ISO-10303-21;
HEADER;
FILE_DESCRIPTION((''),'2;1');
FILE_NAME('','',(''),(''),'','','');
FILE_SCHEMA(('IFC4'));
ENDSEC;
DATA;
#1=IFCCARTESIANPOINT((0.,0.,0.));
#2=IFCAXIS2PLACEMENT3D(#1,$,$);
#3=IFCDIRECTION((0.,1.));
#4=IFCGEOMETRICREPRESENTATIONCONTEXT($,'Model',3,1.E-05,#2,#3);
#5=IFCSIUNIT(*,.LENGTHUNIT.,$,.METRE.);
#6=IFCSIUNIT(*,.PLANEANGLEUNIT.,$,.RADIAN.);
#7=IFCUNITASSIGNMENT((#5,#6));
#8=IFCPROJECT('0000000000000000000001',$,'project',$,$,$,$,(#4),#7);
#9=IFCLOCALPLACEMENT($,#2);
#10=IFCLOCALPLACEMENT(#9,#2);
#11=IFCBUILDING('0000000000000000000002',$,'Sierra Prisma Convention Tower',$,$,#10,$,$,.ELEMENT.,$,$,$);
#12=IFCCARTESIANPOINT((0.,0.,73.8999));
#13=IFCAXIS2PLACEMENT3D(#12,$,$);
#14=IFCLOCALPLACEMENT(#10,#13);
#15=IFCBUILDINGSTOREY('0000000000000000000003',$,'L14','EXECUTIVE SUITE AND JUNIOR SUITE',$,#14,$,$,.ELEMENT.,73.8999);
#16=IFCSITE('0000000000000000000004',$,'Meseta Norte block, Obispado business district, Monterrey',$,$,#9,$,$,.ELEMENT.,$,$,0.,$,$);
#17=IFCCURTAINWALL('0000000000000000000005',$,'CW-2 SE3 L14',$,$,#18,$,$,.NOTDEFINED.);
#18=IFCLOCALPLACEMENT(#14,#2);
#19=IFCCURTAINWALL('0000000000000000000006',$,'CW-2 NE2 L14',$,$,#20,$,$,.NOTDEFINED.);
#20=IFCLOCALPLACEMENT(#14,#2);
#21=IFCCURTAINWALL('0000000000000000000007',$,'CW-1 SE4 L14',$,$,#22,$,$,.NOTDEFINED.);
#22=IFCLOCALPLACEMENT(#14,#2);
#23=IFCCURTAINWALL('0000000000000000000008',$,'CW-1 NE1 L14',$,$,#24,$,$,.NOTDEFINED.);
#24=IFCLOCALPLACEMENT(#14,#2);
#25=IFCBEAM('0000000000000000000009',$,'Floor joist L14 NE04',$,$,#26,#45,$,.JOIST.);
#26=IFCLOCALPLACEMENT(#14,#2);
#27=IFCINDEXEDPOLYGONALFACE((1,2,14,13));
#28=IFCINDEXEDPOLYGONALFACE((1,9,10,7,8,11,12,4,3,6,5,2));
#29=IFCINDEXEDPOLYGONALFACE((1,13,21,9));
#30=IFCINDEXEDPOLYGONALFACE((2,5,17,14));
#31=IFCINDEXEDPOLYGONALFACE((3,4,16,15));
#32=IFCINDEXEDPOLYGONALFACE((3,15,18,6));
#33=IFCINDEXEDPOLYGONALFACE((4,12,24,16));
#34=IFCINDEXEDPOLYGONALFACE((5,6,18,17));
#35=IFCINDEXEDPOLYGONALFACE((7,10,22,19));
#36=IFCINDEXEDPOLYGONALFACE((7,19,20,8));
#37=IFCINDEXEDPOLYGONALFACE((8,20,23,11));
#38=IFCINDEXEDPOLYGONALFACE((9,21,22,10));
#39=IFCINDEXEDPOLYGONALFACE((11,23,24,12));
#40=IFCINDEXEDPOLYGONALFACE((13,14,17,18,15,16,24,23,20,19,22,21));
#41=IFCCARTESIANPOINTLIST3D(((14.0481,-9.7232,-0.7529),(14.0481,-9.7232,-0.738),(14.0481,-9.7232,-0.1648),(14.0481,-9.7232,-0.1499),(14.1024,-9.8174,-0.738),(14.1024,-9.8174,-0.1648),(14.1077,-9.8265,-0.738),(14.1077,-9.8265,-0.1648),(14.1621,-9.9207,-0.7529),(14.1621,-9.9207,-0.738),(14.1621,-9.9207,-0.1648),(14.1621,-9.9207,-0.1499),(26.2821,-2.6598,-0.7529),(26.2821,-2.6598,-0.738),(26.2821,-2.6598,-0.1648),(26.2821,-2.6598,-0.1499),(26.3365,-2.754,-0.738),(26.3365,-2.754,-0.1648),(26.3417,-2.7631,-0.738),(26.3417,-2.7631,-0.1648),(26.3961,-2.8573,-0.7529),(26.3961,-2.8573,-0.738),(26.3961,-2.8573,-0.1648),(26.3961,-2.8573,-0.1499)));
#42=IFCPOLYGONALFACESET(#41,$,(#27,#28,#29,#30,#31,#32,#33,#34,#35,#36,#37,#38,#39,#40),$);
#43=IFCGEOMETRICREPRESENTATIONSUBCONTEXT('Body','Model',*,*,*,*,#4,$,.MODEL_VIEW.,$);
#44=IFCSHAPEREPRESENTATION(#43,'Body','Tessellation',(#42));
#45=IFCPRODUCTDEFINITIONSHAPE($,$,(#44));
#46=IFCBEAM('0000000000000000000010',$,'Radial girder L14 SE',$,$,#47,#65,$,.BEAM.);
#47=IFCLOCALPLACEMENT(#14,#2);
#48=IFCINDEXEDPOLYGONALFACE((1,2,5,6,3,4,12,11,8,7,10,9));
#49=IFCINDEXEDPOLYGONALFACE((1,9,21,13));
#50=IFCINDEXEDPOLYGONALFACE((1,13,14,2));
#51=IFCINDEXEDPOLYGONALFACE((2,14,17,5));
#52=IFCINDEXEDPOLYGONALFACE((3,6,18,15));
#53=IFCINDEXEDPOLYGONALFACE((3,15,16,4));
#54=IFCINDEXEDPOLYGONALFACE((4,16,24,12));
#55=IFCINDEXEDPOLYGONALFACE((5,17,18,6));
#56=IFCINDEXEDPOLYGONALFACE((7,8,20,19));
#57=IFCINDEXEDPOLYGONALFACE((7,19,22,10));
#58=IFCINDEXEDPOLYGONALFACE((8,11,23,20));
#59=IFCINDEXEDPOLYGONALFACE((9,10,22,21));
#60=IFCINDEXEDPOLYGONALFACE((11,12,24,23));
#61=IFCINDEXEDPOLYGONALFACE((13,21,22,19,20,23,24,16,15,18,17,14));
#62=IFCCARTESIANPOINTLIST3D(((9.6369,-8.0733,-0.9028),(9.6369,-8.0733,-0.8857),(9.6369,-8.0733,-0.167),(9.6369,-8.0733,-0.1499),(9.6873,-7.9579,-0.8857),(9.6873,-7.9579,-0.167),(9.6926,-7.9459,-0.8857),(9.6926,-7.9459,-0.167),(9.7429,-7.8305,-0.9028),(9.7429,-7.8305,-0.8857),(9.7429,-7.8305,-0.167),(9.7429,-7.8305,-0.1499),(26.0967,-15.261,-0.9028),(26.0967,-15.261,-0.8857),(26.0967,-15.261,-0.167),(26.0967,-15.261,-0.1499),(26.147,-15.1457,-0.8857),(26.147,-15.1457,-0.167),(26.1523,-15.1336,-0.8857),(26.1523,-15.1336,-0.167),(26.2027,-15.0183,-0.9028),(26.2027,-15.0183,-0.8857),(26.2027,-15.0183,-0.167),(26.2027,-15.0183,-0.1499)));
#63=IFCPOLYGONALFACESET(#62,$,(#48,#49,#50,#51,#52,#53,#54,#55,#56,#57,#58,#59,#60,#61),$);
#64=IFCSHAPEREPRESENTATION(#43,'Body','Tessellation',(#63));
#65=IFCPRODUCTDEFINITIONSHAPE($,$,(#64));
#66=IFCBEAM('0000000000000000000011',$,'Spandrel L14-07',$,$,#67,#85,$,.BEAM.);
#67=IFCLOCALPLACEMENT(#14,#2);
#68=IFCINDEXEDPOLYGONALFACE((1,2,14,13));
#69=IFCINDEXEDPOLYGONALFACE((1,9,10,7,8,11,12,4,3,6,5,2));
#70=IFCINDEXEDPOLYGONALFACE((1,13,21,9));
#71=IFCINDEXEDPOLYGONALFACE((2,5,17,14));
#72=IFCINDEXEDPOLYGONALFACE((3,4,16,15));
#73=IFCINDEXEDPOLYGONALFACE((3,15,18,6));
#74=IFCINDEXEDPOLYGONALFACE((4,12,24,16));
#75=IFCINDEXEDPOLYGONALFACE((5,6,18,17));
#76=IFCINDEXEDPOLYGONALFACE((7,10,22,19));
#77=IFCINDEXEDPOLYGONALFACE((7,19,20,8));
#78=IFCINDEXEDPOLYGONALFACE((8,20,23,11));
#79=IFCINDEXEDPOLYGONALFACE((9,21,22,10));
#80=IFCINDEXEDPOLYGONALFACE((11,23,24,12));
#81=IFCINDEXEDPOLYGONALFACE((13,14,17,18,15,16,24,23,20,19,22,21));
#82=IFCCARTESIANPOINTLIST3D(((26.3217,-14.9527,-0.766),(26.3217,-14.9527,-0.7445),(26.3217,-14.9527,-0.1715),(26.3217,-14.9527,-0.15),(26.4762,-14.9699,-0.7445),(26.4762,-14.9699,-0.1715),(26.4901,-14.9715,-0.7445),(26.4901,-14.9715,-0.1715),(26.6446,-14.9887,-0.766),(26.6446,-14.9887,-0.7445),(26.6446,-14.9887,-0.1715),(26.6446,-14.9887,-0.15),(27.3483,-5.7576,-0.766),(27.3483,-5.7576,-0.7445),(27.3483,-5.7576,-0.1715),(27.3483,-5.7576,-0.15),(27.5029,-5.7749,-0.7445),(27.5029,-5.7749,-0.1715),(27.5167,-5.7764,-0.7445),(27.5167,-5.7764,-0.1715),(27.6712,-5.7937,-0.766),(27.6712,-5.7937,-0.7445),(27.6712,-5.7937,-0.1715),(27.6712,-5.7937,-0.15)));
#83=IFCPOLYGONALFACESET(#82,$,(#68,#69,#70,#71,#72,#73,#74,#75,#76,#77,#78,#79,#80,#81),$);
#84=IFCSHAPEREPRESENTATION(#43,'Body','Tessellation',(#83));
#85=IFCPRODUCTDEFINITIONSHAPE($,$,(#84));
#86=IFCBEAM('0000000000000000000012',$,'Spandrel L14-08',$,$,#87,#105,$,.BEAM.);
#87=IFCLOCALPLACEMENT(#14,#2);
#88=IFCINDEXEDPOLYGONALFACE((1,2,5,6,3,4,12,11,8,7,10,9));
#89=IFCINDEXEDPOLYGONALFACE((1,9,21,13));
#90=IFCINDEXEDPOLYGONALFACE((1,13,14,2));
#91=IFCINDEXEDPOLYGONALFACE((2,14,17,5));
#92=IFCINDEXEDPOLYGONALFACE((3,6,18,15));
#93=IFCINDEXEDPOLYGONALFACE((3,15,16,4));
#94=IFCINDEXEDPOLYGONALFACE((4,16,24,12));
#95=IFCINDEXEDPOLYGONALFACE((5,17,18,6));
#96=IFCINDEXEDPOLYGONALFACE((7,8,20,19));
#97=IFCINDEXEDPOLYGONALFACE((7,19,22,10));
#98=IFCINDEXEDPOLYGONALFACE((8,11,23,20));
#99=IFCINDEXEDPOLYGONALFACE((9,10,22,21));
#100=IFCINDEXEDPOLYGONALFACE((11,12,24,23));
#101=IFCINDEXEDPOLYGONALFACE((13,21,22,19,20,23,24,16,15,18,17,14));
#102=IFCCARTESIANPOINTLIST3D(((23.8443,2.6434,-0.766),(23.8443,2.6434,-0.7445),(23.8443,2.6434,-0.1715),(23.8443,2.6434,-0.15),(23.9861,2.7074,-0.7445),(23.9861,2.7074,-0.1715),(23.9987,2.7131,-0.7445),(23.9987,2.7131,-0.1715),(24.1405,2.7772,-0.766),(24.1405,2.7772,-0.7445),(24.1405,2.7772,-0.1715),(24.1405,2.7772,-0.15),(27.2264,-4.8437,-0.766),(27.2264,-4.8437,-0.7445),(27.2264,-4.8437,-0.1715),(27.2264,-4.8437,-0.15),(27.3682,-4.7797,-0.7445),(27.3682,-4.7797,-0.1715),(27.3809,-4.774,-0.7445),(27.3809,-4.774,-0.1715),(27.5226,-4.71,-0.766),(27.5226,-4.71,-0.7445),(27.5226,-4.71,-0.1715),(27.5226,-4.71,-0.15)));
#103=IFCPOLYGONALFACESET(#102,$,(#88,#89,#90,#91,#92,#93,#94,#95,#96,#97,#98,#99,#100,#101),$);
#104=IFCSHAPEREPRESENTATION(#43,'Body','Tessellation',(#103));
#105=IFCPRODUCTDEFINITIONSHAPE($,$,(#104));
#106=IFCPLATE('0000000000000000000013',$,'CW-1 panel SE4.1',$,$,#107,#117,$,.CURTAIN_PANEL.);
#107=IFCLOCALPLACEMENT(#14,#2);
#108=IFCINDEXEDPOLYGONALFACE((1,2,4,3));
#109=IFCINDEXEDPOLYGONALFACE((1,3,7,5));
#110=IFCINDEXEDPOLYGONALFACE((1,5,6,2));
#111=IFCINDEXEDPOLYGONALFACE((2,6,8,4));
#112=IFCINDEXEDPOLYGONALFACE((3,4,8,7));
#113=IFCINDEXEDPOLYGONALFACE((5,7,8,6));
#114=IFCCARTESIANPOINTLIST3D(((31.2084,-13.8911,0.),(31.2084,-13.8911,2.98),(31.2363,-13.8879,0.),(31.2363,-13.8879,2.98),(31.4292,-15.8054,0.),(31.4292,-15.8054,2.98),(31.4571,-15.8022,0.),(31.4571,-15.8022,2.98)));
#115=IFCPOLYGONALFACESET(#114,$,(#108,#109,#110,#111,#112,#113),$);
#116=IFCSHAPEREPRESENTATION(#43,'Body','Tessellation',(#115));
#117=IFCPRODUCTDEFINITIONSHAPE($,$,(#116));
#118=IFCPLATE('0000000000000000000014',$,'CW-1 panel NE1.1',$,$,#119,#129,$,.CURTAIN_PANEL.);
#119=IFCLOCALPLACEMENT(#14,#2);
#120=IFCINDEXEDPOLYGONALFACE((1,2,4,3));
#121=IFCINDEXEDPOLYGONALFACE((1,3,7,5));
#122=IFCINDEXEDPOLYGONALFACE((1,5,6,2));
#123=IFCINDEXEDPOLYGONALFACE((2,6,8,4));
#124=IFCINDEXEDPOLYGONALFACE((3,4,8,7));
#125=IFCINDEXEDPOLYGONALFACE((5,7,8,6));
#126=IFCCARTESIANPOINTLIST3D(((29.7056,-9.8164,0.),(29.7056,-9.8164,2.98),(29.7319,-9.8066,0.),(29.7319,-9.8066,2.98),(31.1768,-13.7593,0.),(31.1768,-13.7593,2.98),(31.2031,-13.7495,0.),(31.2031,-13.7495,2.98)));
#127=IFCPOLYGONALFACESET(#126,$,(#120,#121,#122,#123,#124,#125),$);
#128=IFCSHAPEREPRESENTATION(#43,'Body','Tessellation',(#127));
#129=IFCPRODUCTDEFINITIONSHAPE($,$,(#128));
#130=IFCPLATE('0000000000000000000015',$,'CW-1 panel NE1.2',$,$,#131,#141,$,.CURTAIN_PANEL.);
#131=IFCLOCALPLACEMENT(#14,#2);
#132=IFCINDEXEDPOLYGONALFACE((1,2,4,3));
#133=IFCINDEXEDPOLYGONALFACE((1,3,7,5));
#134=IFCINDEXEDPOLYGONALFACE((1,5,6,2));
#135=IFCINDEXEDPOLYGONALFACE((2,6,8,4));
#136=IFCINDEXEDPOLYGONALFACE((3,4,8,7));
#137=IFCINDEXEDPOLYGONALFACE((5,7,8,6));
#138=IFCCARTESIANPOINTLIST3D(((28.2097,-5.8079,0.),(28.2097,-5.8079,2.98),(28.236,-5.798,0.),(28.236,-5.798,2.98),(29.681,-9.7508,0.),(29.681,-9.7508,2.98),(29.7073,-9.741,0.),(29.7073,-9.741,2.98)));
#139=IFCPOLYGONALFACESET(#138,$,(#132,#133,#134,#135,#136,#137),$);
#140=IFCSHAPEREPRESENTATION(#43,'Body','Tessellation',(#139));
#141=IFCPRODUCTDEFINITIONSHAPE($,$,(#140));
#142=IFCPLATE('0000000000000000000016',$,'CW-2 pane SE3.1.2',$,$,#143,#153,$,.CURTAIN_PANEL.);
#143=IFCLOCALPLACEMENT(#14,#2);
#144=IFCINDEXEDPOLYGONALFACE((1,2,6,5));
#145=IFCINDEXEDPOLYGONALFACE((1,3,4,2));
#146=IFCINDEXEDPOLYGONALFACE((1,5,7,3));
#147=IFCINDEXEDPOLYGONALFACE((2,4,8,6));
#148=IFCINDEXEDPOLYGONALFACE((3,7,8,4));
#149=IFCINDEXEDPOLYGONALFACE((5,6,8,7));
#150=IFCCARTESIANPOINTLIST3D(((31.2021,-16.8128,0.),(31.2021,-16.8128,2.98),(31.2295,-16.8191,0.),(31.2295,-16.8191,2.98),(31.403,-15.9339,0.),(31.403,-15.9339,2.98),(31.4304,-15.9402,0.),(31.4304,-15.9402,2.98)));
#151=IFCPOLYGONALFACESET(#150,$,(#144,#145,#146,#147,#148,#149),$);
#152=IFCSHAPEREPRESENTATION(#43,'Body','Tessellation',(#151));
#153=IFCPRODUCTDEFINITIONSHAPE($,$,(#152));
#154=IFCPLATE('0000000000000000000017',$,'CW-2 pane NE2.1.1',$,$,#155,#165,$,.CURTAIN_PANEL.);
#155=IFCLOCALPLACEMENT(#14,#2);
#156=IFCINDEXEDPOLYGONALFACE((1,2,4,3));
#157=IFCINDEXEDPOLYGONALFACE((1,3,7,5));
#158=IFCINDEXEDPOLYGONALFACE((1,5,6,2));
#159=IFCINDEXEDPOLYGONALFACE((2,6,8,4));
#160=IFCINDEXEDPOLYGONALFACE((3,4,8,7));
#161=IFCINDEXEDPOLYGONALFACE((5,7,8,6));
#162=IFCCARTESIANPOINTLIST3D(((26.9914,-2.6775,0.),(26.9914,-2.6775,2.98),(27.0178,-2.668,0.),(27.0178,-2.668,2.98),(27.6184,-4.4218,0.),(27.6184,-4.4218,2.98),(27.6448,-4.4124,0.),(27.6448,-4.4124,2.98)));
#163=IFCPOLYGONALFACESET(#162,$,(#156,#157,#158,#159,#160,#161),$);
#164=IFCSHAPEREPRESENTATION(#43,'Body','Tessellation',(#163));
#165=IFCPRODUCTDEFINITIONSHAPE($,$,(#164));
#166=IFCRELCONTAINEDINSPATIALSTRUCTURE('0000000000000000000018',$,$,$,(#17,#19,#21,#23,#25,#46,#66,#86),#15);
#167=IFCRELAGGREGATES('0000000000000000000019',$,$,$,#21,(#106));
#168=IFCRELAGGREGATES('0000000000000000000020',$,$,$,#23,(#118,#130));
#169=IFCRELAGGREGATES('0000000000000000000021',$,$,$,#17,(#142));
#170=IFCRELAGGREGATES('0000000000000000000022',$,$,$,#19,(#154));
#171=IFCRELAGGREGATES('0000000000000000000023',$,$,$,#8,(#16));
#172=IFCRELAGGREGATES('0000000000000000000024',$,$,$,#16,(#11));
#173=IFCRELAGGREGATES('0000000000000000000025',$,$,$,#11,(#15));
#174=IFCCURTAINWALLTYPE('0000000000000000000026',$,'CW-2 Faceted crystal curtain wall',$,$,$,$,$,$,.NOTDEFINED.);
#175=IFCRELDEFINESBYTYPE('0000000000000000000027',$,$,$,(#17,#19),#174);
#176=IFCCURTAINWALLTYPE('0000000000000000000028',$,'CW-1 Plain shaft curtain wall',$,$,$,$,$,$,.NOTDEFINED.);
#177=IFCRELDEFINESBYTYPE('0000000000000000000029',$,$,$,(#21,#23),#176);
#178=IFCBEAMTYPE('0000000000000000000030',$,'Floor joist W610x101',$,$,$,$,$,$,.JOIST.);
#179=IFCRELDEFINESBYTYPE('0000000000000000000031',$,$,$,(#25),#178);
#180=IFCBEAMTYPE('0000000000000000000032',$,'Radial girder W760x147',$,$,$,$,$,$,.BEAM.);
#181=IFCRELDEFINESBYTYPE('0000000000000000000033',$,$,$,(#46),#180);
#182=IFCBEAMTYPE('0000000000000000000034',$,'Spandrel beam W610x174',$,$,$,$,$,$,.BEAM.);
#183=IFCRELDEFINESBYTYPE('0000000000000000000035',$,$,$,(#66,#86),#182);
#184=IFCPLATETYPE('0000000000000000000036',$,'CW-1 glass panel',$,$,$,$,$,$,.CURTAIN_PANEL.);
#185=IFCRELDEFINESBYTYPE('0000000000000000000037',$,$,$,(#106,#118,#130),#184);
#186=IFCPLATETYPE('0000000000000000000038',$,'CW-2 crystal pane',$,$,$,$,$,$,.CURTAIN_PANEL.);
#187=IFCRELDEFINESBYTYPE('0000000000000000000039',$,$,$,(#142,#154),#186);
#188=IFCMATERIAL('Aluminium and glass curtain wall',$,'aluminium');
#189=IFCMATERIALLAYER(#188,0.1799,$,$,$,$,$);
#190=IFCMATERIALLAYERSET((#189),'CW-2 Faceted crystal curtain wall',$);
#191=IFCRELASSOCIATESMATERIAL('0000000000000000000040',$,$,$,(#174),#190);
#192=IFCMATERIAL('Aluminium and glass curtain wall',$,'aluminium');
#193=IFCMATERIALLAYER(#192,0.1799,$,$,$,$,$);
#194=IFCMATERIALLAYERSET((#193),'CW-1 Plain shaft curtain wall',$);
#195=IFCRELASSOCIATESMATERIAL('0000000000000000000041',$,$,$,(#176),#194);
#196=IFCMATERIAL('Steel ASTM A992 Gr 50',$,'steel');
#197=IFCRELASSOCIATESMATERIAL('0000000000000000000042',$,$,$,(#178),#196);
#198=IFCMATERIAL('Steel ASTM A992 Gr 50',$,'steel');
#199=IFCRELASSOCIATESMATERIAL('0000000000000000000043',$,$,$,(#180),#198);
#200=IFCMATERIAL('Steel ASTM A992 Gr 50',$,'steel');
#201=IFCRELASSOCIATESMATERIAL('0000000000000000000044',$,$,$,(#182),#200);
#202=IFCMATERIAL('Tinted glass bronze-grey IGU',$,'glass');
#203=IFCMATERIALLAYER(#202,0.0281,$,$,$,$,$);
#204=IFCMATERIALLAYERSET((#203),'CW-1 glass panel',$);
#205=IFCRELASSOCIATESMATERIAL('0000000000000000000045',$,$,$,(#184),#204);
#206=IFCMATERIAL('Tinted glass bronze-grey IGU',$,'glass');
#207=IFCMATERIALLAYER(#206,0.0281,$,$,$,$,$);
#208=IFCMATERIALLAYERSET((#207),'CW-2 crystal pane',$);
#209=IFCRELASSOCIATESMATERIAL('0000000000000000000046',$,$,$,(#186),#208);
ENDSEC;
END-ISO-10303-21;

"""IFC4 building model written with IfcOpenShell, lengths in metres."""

from ifc_helpers import new_model, si_unit, direction, frame, origin, origin_2d, place, context, subcontext, project, spatial, polyline, rectangle, i_section, outline, extrude, material, layer, layer_set, material_profile, profile_set, type_object, element, aggregate, save


model = new_model("IFC4")

# Units and contexts
model_context = context("Model", 3, precision=1e-05, world=origin(), true_north=direction((0.0, 1.0)))
body_context = subcontext(model_context, "Body", "Model", "MODEL_VIEW")
ifc_project = project(units=[si_unit("LENGTHUNIT", "METRE"), si_unit("PLANEANGLEUNIT", "RADIAN")], contexts=[model_context])

# Site, building, storey
site_placement = place(None, origin())
site = spatial("IfcSite", under=ifc_project, at=site_placement, Name="Meseta Norte block, Obispado business district, Monterrey", CompositionType="ELEMENT", RefElevation=0.0)
building_placement = place(site_placement, origin())
building = spatial("IfcBuilding", under=site, at=building_placement, Name="Sierra Prisma Convention Tower", CompositionType="ELEMENT")
storey_placement = place(building_placement, frame((0.0, 0.0, 73.8999)))
storey = spatial("IfcBuildingStorey", under=building, at=storey_placement, Name="L14", Description="EXECUTIVE SUITE AND JUNIOR SUITE", CompositionType="ELEMENT", Elevation=73.8999)

# Curtain walls
ifc_material_1 = material(Name="Aluminium and glass curtain wall", Category="aluminium")
ifc_layer_1 = layer(ifc_material_1, 0.1799)
ifc_layer_set_1 = layer_set([ifc_layer_1], Name="CW-2 Faceted crystal curtain wall")
curtain_wall_type_1 = type_object("IfcCurtainWallType", Name="CW-2 Faceted crystal curtain wall", PredefinedType="NOTDEFINED", material=ifc_layer_set_1)
curtain_wall_1_placement = place(storey_placement, origin())
curtain_wall_1 = element("IfcCurtainWall", 1, at=curtain_wall_1_placement, inside=storey, type_object=curtain_wall_type_1, Name="CW-2 SE3 L14", PredefinedType="NOTDEFINED")
curtain_wall_2_placement = place(storey_placement, origin())
curtain_wall_2 = element("IfcCurtainWall", 2, at=curtain_wall_2_placement, inside=storey, type_object=curtain_wall_type_1, Name="CW-2 NE2 L14", PredefinedType="NOTDEFINED")
ifc_material_2 = material(Name="Aluminium and glass curtain wall", Category="aluminium")
ifc_layer_2 = layer(ifc_material_2, 0.1799)
ifc_layer_set_2 = layer_set([ifc_layer_2], Name="CW-1 Plain shaft curtain wall")
curtain_wall_type_2 = type_object("IfcCurtainWallType", Name="CW-1 Plain shaft curtain wall", PredefinedType="NOTDEFINED", material=ifc_layer_set_2)
curtain_wall_3_placement = place(storey_placement, origin())
curtain_wall_3 = element("IfcCurtainWall", 3, at=curtain_wall_3_placement, inside=storey, type_object=curtain_wall_type_2, Name="CW-1 SE4 L14", PredefinedType="NOTDEFINED")

# Curtain wall
curtain_wall_4_placement = place(storey_placement, origin())
curtain_wall_4 = element("IfcCurtainWall", 4, at=curtain_wall_4_placement, inside=storey, type_object=curtain_wall_type_2, Name="CW-1 NE1 L14", PredefinedType="NOTDEFINED")

# Beams
ifc_material_3 = material(Name="Steel ASTM A992 Gr 50", Category="steel")
ifc_material_profile_1 = material_profile(ifc_material_3, i_section(OverallWidth=0.228, OverallDepth=0.603, WebThickness=0.0105, FlangeThickness=0.0149, at=origin_2d()), Name="W610x101")
ifc_profile_set_1 = profile_set([ifc_material_profile_1], Name="Steel ASTM A992 Gr 50")
beam_type_1 = type_object("IfcBeamType", Name="Floor joist W610x101", PredefinedType="JOIST", material=ifc_profile_set_1)
beam_1_placement = place(storey_placement, frame((26.3391, -2.7585, -0.4514), z_axis=(-0.866022, -0.500005, 0.0), x_axis=(0.500005, -0.866022, 0.0)))
element("IfcBeam", 5, at=beam_1_placement, inside=storey, type_object=beam_type_1, Name="Floor joist L14 NE04", PredefinedType="JOIST", context=body_context, shape_type="SweptSolid", body=[
    extrude(i_section(OverallWidth=0.228, OverallDepth=0.603, WebThickness=0.0105, FlangeThickness=0.0149, at=origin_2d()), origin(), (0.0, 0.0, 1.0), 14.1267),
])
ifc_material_4 = material(Name="Steel ASTM A992 Gr 50", Category="steel")
ifc_material_profile_2 = material_profile(ifc_material_4, i_section(OverallWidth=0.2649, OverallDepth=0.7529, WebThickness=0.0132, FlangeThickness=0.0171, at=origin_2d()), Name="W760x147")
ifc_profile_set_2 = profile_set([ifc_material_profile_2], Name="Steel ASTM A992 Gr 50")
beam_type_2 = type_object("IfcBeamType", Name="Radial girder W760x147", PredefinedType="BEAM", material=ifc_profile_set_2)
beam_2_placement = place(storey_placement, frame((26.1497, -15.1396, -0.5264), z_axis=(-0.916431, 0.400193, 0.0), x_axis=(-0.400193, -0.916431, 0.0)))
element("IfcBeam", 6, at=beam_2_placement, inside=storey, type_object=beam_type_2, Name="Radial girder L14 SE", PredefinedType="BEAM", context=body_context, shape_type="SweptSolid", body=[
    extrude(i_section(OverallWidth=0.2649, OverallDepth=0.7529, WebThickness=0.0132, FlangeThickness=0.0171, at=origin_2d()), origin(), (0.0, 0.0, 1.0), 17.9607),
])
ifc_material_5 = material(Name="Steel ASTM A992 Gr 50", Category="steel")
ifc_material_profile_3 = material_profile(ifc_material_5, i_section(OverallWidth=0.325, OverallDepth=0.616, WebThickness=0.0139, FlangeThickness=0.0215, at=origin_2d()), Name="W610x174")
ifc_profile_set_3 = profile_set([ifc_material_profile_3], Name="Steel ASTM A992 Gr 50")
beam_type_3 = type_object("IfcBeamType", Name="Spandrel beam W610x174", PredefinedType="BEAM", material=ifc_profile_set_3)
beam_3_placement = place(storey_placement, frame((26.4832, -14.9707, -0.458), z_axis=(0.110959, 0.993825, 0.0), x_axis=(-0.993825, 0.110959, 0.0)))
element("IfcBeam", 7, at=beam_3_placement, inside=storey, type_object=beam_type_3, Name="Spandrel L14-07", PredefinedType="BEAM", context=body_context, shape_type="SweptSolid", body=[
    extrude(i_section(OverallWidth=0.325, OverallDepth=0.616, WebThickness=0.0139, FlangeThickness=0.0215, at=origin_2d()), origin(), (0.0, 0.0, 1.0), 9.2522),
])
beam_4_placement = place(storey_placement, frame((27.3745, -4.7769, -0.458), z_axis=(-0.41167, 0.911333, 0.0), x_axis=(-0.911333, -0.41167, 0.0)))
element("IfcBeam", 8, at=beam_4_placement, inside=storey, type_object=beam_type_3, Name="Spandrel L14-08", PredefinedType="BEAM", context=body_context, shape_type="SweptSolid", body=[
    extrude(i_section(OverallWidth=0.325, OverallDepth=0.616, WebThickness=0.0139, FlangeThickness=0.0215, at=origin_2d()), origin(), (0.0, 0.0, 1.0), 8.2156),
])

# Plates
ifc_material_6 = material(Name="Tinted glass bronze-grey IGU", Category="glass")
ifc_layer_3 = layer(ifc_material_6, 0.0281)
ifc_layer_set_3 = layer_set([ifc_layer_3], Name="CW-1 glass panel")
plate_type_1 = type_object("IfcPlateType", Name="CW-1 glass panel", PredefinedType="CURTAIN_PANEL", material=ifc_layer_set_3)
plate_1_placement = place(storey_placement, frame((31.3328, -14.8467, 0.0), z_axis=(0.0, 0.0, 1.0), x_axis=(-0.114595, 0.993412, 0.0)))
plate_1 = element("IfcPlate", 9, at=plate_1_placement, type_object=plate_type_1, Name="CW-1 panel SE4.1", PredefinedType="CURTAIN_PANEL", context=body_context, shape_type="SweptSolid", body=[
    extrude(rectangle(XDim=1.927, YDim=0.0281, at=origin_2d()), origin(), (0.0, 0.0, 1.0), 2.98),
])
aggregate(curtain_wall_3, [plate_1])
plate_2_placement = place(storey_placement, frame((30.4543, -11.783, 0.0), z_axis=(0.0, 0.0, 1.0), x_axis=(-0.349596, 0.936901, 0.0)))
plate_2 = element("IfcPlate", 10, at=plate_2_placement, type_object=plate_type_1, Name="CW-1 panel NE1.1", PredefinedType="CURTAIN_PANEL", context=body_context, shape_type="SweptSolid", body=[
    extrude(rectangle(XDim=4.2085, YDim=0.0281, at=origin_2d()), origin(), (0.0, 0.0, 1.0), 2.98),
])
plate_3_placement = place(storey_placement, frame((28.9585, -7.7744, 0.0), z_axis=(0.0, 0.0, 1.0), x_axis=(-0.349596, 0.936901, 0.0)))
plate_3 = element("IfcPlate", 11, at=plate_3_placement, type_object=plate_type_1, Name="CW-1 panel NE1.2", PredefinedType="CURTAIN_PANEL", context=body_context, shape_type="SweptSolid", body=[
    extrude(rectangle(XDim=4.2085, YDim=0.0281, at=origin_2d()), origin(), (0.0, 0.0, 1.0), 2.98),
])
aggregate(curtain_wall_4, [plate_2, plate_3])
ifc_material_7 = material(Name="Tinted glass bronze-grey IGU", Category="glass")
ifc_layer_4 = layer(ifc_material_7, 0.0281)
ifc_layer_set_4 = layer_set([ifc_layer_4], Name="CW-2 crystal pane")
plate_type_2 = type_object("IfcPlateType", Name="CW-2 crystal pane", PredefinedType="CURTAIN_PANEL", material=ifc_layer_set_4)
plate_4_placement = place(storey_placement, frame((31.4304, -15.9402, 0.0), z_axis=(0.97485, -0.222862, 0.0), x_axis=(-0.222862, -0.97485, 0.0)))
plate_4 = element("IfcPlate", 12, at=plate_4_placement, type_object=plate_type_2, Name="CW-2 pane SE3.1.2", PredefinedType="CURTAIN_PANEL", context=body_context, shape_type="SweptSolid", body=[
    extrude(outline(polyline([(0.0, 0.0), (0.9016, 0.0), (0.9016, -2.98), (0.0, -2.98), (0.0, 0.0)])), origin(), (0.0, 0.0, -1.0), 0.0281),
])
aggregate(curtain_wall_1, [plate_4])
plate_5_placement = place(storey_placement, frame((27.6448, -4.4124, 0.0), z_axis=(0.941064, 0.33823, 0.0), x_axis=(-0.33823, 0.941064, 0.0)))
plate_5 = element("IfcPlate", 13, at=plate_5_placement, type_object=plate_type_2, Name="CW-2 pane NE2.1.1", PredefinedType="CURTAIN_PANEL", context=body_context, shape_type="SweptSolid", body=[
    extrude(outline(polyline([(0.0, 0.0), (1.8536, 0.0), (1.8536, 2.98), (0.0, 2.98), (0.0, 0.0)])), origin(), (0.0, 0.0, -1.0), 0.0281),
])
aggregate(curtain_wall_2, [plate_5])

save(model, "model.ifc")
